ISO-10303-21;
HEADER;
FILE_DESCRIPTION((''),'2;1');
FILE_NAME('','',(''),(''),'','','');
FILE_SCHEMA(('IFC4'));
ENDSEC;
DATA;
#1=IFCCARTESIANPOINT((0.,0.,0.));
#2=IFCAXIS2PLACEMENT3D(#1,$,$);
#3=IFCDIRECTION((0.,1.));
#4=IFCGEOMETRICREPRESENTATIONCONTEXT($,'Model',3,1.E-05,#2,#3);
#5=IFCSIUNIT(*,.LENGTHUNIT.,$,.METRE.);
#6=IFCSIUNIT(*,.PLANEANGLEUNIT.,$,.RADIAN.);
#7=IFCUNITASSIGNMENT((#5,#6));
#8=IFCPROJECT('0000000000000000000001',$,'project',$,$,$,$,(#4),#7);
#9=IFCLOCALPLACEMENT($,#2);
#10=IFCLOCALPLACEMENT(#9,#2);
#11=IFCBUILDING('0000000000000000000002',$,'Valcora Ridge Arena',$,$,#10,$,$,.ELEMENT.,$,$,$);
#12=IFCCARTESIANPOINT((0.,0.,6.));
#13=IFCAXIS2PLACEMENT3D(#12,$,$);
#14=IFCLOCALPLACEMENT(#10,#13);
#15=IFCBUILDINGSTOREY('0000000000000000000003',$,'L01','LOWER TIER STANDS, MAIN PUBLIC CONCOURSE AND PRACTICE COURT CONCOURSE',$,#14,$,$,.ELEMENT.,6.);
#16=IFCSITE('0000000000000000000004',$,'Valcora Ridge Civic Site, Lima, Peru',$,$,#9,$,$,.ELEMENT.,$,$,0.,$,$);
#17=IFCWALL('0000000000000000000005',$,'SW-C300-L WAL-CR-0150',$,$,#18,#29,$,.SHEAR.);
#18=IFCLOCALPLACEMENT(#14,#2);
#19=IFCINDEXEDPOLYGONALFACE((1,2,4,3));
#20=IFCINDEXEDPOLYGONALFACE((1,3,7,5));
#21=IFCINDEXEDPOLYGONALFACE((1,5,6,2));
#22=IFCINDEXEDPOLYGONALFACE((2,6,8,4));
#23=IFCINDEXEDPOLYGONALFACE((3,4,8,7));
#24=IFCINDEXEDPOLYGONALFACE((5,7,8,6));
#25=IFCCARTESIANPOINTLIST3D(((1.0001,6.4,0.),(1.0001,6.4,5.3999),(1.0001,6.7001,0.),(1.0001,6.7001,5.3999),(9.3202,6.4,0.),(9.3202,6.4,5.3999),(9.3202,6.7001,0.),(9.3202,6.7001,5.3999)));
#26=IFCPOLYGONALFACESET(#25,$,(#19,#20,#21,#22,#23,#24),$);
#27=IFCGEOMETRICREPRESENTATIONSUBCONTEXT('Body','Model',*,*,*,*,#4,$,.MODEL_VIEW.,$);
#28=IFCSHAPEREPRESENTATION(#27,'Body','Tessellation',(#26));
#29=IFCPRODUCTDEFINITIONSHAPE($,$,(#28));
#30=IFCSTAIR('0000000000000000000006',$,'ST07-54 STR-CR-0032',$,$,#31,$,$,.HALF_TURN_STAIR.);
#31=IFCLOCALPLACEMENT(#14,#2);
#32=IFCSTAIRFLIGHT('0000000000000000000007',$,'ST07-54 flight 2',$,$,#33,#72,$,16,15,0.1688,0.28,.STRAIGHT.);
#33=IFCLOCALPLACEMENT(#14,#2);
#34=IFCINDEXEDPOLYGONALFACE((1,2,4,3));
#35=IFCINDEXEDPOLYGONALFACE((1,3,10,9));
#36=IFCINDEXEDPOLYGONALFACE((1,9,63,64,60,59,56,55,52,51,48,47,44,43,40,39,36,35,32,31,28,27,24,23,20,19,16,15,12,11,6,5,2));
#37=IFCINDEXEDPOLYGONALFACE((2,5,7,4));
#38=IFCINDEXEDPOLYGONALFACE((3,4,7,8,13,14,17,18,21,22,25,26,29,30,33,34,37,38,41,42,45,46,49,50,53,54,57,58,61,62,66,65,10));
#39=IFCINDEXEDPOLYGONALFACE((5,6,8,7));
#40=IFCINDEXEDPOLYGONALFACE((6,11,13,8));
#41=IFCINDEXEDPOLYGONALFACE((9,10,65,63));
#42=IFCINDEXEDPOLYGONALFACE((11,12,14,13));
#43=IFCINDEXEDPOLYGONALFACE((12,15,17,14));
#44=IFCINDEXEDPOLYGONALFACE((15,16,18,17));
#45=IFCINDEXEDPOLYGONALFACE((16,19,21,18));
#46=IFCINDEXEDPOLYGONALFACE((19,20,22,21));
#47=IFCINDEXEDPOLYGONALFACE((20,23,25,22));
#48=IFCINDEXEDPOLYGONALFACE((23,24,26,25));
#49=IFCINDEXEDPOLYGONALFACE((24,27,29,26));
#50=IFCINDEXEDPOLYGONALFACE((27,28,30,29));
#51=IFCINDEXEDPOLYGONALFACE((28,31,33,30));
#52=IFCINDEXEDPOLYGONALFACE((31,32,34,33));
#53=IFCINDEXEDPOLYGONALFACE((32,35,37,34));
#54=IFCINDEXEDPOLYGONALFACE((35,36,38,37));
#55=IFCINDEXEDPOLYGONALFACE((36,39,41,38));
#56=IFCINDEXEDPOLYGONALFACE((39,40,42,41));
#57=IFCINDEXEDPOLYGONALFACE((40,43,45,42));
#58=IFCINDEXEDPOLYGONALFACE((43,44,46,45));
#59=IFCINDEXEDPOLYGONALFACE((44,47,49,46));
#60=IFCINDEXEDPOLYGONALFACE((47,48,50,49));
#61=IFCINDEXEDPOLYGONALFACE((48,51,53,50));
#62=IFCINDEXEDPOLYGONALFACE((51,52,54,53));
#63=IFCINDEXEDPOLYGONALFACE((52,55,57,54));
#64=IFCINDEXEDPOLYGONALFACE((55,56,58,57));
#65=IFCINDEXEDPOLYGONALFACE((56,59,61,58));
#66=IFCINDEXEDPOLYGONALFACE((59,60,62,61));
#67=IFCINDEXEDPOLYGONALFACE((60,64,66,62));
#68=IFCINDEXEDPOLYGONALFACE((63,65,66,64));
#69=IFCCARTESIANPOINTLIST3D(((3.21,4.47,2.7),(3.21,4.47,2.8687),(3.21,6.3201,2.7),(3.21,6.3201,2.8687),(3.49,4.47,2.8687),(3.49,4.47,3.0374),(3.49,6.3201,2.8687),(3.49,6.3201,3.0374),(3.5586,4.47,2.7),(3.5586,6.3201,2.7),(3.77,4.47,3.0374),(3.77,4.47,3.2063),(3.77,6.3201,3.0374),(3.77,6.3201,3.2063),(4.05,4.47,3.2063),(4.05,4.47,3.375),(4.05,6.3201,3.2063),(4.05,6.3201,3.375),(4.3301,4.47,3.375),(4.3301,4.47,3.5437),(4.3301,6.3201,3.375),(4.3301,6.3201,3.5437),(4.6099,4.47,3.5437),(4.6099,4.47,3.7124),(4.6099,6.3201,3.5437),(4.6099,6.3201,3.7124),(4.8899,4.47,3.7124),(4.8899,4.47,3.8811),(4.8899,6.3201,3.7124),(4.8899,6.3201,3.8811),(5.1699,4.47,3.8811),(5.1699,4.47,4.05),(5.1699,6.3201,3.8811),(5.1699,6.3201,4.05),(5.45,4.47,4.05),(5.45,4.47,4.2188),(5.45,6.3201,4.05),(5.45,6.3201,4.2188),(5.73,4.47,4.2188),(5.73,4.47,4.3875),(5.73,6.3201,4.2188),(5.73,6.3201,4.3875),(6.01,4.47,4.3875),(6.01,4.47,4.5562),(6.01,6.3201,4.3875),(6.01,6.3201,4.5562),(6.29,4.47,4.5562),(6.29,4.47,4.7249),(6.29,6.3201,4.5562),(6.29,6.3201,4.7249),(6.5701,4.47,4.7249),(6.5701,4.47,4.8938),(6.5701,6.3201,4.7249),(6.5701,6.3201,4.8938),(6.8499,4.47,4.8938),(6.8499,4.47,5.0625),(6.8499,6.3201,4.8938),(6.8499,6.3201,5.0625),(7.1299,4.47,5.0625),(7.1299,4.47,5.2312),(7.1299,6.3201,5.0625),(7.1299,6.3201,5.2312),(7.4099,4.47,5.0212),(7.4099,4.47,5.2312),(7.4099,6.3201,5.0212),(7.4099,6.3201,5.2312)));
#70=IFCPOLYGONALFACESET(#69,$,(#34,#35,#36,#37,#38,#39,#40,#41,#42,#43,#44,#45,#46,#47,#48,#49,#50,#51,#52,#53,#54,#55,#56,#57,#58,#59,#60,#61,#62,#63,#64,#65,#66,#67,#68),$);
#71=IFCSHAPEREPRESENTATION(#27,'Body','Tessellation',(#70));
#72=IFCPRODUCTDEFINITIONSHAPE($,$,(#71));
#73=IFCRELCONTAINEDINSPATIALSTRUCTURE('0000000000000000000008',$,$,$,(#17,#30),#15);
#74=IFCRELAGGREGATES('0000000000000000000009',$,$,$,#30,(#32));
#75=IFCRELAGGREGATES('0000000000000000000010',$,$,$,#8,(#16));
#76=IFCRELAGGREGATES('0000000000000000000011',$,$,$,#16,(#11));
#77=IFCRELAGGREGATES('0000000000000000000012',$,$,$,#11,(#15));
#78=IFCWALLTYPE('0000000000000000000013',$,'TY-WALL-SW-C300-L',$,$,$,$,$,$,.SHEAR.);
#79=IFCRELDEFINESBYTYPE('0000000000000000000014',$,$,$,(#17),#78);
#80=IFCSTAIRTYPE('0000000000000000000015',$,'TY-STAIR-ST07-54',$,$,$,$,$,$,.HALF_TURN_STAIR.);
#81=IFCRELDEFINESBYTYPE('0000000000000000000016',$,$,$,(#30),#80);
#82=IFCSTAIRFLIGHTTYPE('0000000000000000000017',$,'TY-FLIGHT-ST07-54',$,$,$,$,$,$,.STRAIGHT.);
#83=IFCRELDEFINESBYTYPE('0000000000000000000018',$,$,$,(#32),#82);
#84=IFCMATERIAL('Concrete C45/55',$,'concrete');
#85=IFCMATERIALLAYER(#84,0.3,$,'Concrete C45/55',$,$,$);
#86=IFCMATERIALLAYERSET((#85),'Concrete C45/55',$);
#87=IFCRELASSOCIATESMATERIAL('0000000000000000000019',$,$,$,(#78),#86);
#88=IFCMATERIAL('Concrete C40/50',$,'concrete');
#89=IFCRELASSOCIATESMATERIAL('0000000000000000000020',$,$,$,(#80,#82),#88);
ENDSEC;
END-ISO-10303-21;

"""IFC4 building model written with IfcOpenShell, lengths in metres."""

from ifc_helpers import new_model, si_unit, direction, frame, frame_2d, origin, place, context, subcontext, project, spatial, polyline, rectangle, outline, extrude, material, layer, layer_set, type_object, element, aggregate, save


model = new_model("IFC4")

# Units and contexts
model_context = context("Model", 3, precision=1e-05, world=origin(), true_north=direction((0.0, 1.0)))
body_context = subcontext(model_context, "Body", "Model", "MODEL_VIEW")
ifc_project = project(units=[si_unit("LENGTHUNIT", "METRE"), si_unit("PLANEANGLEUNIT", "RADIAN")], contexts=[model_context])

# Site, building, storey
site_placement = place(None, origin())
site = spatial("IfcSite", under=ifc_project, at=site_placement, Name="Valcora Ridge Civic Site, Lima, Peru", CompositionType="ELEMENT", RefElevation=0.0)
building_placement = place(site_placement, origin())
building = spatial("IfcBuilding", under=site, at=building_placement, Name="Valcora Ridge Arena", CompositionType="ELEMENT")
storey_placement = place(building_placement, frame((0.0, 0.0, 6.0)))
storey = spatial("IfcBuildingStorey", under=building, at=storey_placement, Name="L01", Description="LOWER TIER STANDS, MAIN PUBLIC CONCOURSE AND PRACTICE COURT CONCOURSE", CompositionType="ELEMENT", Elevation=6.0)

# Shared definitions
ifc_material_1 = material(Name="Concrete C40/50", Category="concrete")

# Wall
ifc_material_2 = material(Name="Concrete C45/55", Category="concrete")
ifc_layer = layer(ifc_material_2, 0.3, Name="Concrete C45/55")
ifc_layer_set = layer_set([ifc_layer], Name="Concrete C45/55")
wall_type = type_object("IfcWallType", Name="TY-WALL-SW-C300-L", PredefinedType="SHEAR", material=ifc_layer_set)
wall_placement = place(storey_placement, frame((1.0, 6.55, 0.0), z_axis=(0.0, 0.0, 1.0), x_axis=(1.0, 0.0, 0.0)))
element("IfcWall", 1, at=wall_placement, inside=storey, type_object=wall_type, Name="SW-C300-L WAL-CR-0150", PredefinedType="SHEAR", context=body_context, shape_type="SweptSolid", body=[
    extrude(rectangle(XDim=8.3201, YDim=0.3, at=frame_2d((4.1602, 0.0))), origin(), (0.0, 0.0, 1.0), 5.3999),
])

# Stair, stair flight
stair_type = type_object("IfcStairType", Name="TY-STAIR-ST07-54", PredefinedType="HALF_TURN_STAIR", material=ifc_material_1)
stair_placement = place(storey_placement, origin())
stair = element("IfcStair", 2, at=stair_placement, inside=storey, type_object=stair_type, Name="ST07-54 STR-CR-0032", PredefinedType="HALF_TURN_STAIR")
stair_flight_type = type_object("IfcStairFlightType", Name="TY-FLIGHT-ST07-54", PredefinedType="STRAIGHT", material=ifc_material_1)
stair_flight_placement = place(storey_placement, frame((3.21, 5.395, 2.7), z_axis=(0.0, 0.0, 1.0), x_axis=(1.0, 0.0, 0.0)))
stair_flight = element("IfcStairFlight", 3, at=stair_flight_placement, type_object=stair_flight_type, Name="ST07-54 flight 2", NumberOfRisers=16, NumberOfTreads=15, PredefinedType="STRAIGHT", RiserHeight=0.1688, TreadLength=0.28, context=body_context, shape_type="SweptSolid", body=[
    extrude(outline(polyline([(0.0, 0.0), (0.0, 0.1687), (0.28, 0.1687), (0.28, 0.3374), (0.5601, 0.3374), (0.5601, 0.5063), (0.8401, 0.5063), (0.8401, 0.675), (1.1201, 0.675), (1.1201, 0.8438), (1.3999, 0.8438), (1.3999, 1.0125), (1.6799, 1.0125), (1.6799, 1.1812), (1.96, 1.1812), (1.96, 1.3501), (2.24, 1.3501), (2.24, 1.5188), (2.52, 1.5188), (2.52, 1.6875), (2.8, 1.6875), (2.8, 1.8562), (3.0801, 1.8562), (3.0801, 2.0249), (3.3601, 2.0249), (3.3601, 2.1938), (3.6399, 2.1938), (3.6399, 2.3625), (3.9199, 2.3625), (3.9199, 2.5312), (4.2, 2.5312), (4.2, 2.7), (4.2, 2.3213), (0.3486, 0.0), (0.0, 0.0)])), frame((0.0, 0.925, 0.0), z_axis=(0.0, -1.0, 0.0), x_axis=(1.0, 0.0, 0.0)), (0.0, 0.0, 1.0), 1.8501),
])
aggregate(stair, [stair_flight])

save(model, "model.ifc")
